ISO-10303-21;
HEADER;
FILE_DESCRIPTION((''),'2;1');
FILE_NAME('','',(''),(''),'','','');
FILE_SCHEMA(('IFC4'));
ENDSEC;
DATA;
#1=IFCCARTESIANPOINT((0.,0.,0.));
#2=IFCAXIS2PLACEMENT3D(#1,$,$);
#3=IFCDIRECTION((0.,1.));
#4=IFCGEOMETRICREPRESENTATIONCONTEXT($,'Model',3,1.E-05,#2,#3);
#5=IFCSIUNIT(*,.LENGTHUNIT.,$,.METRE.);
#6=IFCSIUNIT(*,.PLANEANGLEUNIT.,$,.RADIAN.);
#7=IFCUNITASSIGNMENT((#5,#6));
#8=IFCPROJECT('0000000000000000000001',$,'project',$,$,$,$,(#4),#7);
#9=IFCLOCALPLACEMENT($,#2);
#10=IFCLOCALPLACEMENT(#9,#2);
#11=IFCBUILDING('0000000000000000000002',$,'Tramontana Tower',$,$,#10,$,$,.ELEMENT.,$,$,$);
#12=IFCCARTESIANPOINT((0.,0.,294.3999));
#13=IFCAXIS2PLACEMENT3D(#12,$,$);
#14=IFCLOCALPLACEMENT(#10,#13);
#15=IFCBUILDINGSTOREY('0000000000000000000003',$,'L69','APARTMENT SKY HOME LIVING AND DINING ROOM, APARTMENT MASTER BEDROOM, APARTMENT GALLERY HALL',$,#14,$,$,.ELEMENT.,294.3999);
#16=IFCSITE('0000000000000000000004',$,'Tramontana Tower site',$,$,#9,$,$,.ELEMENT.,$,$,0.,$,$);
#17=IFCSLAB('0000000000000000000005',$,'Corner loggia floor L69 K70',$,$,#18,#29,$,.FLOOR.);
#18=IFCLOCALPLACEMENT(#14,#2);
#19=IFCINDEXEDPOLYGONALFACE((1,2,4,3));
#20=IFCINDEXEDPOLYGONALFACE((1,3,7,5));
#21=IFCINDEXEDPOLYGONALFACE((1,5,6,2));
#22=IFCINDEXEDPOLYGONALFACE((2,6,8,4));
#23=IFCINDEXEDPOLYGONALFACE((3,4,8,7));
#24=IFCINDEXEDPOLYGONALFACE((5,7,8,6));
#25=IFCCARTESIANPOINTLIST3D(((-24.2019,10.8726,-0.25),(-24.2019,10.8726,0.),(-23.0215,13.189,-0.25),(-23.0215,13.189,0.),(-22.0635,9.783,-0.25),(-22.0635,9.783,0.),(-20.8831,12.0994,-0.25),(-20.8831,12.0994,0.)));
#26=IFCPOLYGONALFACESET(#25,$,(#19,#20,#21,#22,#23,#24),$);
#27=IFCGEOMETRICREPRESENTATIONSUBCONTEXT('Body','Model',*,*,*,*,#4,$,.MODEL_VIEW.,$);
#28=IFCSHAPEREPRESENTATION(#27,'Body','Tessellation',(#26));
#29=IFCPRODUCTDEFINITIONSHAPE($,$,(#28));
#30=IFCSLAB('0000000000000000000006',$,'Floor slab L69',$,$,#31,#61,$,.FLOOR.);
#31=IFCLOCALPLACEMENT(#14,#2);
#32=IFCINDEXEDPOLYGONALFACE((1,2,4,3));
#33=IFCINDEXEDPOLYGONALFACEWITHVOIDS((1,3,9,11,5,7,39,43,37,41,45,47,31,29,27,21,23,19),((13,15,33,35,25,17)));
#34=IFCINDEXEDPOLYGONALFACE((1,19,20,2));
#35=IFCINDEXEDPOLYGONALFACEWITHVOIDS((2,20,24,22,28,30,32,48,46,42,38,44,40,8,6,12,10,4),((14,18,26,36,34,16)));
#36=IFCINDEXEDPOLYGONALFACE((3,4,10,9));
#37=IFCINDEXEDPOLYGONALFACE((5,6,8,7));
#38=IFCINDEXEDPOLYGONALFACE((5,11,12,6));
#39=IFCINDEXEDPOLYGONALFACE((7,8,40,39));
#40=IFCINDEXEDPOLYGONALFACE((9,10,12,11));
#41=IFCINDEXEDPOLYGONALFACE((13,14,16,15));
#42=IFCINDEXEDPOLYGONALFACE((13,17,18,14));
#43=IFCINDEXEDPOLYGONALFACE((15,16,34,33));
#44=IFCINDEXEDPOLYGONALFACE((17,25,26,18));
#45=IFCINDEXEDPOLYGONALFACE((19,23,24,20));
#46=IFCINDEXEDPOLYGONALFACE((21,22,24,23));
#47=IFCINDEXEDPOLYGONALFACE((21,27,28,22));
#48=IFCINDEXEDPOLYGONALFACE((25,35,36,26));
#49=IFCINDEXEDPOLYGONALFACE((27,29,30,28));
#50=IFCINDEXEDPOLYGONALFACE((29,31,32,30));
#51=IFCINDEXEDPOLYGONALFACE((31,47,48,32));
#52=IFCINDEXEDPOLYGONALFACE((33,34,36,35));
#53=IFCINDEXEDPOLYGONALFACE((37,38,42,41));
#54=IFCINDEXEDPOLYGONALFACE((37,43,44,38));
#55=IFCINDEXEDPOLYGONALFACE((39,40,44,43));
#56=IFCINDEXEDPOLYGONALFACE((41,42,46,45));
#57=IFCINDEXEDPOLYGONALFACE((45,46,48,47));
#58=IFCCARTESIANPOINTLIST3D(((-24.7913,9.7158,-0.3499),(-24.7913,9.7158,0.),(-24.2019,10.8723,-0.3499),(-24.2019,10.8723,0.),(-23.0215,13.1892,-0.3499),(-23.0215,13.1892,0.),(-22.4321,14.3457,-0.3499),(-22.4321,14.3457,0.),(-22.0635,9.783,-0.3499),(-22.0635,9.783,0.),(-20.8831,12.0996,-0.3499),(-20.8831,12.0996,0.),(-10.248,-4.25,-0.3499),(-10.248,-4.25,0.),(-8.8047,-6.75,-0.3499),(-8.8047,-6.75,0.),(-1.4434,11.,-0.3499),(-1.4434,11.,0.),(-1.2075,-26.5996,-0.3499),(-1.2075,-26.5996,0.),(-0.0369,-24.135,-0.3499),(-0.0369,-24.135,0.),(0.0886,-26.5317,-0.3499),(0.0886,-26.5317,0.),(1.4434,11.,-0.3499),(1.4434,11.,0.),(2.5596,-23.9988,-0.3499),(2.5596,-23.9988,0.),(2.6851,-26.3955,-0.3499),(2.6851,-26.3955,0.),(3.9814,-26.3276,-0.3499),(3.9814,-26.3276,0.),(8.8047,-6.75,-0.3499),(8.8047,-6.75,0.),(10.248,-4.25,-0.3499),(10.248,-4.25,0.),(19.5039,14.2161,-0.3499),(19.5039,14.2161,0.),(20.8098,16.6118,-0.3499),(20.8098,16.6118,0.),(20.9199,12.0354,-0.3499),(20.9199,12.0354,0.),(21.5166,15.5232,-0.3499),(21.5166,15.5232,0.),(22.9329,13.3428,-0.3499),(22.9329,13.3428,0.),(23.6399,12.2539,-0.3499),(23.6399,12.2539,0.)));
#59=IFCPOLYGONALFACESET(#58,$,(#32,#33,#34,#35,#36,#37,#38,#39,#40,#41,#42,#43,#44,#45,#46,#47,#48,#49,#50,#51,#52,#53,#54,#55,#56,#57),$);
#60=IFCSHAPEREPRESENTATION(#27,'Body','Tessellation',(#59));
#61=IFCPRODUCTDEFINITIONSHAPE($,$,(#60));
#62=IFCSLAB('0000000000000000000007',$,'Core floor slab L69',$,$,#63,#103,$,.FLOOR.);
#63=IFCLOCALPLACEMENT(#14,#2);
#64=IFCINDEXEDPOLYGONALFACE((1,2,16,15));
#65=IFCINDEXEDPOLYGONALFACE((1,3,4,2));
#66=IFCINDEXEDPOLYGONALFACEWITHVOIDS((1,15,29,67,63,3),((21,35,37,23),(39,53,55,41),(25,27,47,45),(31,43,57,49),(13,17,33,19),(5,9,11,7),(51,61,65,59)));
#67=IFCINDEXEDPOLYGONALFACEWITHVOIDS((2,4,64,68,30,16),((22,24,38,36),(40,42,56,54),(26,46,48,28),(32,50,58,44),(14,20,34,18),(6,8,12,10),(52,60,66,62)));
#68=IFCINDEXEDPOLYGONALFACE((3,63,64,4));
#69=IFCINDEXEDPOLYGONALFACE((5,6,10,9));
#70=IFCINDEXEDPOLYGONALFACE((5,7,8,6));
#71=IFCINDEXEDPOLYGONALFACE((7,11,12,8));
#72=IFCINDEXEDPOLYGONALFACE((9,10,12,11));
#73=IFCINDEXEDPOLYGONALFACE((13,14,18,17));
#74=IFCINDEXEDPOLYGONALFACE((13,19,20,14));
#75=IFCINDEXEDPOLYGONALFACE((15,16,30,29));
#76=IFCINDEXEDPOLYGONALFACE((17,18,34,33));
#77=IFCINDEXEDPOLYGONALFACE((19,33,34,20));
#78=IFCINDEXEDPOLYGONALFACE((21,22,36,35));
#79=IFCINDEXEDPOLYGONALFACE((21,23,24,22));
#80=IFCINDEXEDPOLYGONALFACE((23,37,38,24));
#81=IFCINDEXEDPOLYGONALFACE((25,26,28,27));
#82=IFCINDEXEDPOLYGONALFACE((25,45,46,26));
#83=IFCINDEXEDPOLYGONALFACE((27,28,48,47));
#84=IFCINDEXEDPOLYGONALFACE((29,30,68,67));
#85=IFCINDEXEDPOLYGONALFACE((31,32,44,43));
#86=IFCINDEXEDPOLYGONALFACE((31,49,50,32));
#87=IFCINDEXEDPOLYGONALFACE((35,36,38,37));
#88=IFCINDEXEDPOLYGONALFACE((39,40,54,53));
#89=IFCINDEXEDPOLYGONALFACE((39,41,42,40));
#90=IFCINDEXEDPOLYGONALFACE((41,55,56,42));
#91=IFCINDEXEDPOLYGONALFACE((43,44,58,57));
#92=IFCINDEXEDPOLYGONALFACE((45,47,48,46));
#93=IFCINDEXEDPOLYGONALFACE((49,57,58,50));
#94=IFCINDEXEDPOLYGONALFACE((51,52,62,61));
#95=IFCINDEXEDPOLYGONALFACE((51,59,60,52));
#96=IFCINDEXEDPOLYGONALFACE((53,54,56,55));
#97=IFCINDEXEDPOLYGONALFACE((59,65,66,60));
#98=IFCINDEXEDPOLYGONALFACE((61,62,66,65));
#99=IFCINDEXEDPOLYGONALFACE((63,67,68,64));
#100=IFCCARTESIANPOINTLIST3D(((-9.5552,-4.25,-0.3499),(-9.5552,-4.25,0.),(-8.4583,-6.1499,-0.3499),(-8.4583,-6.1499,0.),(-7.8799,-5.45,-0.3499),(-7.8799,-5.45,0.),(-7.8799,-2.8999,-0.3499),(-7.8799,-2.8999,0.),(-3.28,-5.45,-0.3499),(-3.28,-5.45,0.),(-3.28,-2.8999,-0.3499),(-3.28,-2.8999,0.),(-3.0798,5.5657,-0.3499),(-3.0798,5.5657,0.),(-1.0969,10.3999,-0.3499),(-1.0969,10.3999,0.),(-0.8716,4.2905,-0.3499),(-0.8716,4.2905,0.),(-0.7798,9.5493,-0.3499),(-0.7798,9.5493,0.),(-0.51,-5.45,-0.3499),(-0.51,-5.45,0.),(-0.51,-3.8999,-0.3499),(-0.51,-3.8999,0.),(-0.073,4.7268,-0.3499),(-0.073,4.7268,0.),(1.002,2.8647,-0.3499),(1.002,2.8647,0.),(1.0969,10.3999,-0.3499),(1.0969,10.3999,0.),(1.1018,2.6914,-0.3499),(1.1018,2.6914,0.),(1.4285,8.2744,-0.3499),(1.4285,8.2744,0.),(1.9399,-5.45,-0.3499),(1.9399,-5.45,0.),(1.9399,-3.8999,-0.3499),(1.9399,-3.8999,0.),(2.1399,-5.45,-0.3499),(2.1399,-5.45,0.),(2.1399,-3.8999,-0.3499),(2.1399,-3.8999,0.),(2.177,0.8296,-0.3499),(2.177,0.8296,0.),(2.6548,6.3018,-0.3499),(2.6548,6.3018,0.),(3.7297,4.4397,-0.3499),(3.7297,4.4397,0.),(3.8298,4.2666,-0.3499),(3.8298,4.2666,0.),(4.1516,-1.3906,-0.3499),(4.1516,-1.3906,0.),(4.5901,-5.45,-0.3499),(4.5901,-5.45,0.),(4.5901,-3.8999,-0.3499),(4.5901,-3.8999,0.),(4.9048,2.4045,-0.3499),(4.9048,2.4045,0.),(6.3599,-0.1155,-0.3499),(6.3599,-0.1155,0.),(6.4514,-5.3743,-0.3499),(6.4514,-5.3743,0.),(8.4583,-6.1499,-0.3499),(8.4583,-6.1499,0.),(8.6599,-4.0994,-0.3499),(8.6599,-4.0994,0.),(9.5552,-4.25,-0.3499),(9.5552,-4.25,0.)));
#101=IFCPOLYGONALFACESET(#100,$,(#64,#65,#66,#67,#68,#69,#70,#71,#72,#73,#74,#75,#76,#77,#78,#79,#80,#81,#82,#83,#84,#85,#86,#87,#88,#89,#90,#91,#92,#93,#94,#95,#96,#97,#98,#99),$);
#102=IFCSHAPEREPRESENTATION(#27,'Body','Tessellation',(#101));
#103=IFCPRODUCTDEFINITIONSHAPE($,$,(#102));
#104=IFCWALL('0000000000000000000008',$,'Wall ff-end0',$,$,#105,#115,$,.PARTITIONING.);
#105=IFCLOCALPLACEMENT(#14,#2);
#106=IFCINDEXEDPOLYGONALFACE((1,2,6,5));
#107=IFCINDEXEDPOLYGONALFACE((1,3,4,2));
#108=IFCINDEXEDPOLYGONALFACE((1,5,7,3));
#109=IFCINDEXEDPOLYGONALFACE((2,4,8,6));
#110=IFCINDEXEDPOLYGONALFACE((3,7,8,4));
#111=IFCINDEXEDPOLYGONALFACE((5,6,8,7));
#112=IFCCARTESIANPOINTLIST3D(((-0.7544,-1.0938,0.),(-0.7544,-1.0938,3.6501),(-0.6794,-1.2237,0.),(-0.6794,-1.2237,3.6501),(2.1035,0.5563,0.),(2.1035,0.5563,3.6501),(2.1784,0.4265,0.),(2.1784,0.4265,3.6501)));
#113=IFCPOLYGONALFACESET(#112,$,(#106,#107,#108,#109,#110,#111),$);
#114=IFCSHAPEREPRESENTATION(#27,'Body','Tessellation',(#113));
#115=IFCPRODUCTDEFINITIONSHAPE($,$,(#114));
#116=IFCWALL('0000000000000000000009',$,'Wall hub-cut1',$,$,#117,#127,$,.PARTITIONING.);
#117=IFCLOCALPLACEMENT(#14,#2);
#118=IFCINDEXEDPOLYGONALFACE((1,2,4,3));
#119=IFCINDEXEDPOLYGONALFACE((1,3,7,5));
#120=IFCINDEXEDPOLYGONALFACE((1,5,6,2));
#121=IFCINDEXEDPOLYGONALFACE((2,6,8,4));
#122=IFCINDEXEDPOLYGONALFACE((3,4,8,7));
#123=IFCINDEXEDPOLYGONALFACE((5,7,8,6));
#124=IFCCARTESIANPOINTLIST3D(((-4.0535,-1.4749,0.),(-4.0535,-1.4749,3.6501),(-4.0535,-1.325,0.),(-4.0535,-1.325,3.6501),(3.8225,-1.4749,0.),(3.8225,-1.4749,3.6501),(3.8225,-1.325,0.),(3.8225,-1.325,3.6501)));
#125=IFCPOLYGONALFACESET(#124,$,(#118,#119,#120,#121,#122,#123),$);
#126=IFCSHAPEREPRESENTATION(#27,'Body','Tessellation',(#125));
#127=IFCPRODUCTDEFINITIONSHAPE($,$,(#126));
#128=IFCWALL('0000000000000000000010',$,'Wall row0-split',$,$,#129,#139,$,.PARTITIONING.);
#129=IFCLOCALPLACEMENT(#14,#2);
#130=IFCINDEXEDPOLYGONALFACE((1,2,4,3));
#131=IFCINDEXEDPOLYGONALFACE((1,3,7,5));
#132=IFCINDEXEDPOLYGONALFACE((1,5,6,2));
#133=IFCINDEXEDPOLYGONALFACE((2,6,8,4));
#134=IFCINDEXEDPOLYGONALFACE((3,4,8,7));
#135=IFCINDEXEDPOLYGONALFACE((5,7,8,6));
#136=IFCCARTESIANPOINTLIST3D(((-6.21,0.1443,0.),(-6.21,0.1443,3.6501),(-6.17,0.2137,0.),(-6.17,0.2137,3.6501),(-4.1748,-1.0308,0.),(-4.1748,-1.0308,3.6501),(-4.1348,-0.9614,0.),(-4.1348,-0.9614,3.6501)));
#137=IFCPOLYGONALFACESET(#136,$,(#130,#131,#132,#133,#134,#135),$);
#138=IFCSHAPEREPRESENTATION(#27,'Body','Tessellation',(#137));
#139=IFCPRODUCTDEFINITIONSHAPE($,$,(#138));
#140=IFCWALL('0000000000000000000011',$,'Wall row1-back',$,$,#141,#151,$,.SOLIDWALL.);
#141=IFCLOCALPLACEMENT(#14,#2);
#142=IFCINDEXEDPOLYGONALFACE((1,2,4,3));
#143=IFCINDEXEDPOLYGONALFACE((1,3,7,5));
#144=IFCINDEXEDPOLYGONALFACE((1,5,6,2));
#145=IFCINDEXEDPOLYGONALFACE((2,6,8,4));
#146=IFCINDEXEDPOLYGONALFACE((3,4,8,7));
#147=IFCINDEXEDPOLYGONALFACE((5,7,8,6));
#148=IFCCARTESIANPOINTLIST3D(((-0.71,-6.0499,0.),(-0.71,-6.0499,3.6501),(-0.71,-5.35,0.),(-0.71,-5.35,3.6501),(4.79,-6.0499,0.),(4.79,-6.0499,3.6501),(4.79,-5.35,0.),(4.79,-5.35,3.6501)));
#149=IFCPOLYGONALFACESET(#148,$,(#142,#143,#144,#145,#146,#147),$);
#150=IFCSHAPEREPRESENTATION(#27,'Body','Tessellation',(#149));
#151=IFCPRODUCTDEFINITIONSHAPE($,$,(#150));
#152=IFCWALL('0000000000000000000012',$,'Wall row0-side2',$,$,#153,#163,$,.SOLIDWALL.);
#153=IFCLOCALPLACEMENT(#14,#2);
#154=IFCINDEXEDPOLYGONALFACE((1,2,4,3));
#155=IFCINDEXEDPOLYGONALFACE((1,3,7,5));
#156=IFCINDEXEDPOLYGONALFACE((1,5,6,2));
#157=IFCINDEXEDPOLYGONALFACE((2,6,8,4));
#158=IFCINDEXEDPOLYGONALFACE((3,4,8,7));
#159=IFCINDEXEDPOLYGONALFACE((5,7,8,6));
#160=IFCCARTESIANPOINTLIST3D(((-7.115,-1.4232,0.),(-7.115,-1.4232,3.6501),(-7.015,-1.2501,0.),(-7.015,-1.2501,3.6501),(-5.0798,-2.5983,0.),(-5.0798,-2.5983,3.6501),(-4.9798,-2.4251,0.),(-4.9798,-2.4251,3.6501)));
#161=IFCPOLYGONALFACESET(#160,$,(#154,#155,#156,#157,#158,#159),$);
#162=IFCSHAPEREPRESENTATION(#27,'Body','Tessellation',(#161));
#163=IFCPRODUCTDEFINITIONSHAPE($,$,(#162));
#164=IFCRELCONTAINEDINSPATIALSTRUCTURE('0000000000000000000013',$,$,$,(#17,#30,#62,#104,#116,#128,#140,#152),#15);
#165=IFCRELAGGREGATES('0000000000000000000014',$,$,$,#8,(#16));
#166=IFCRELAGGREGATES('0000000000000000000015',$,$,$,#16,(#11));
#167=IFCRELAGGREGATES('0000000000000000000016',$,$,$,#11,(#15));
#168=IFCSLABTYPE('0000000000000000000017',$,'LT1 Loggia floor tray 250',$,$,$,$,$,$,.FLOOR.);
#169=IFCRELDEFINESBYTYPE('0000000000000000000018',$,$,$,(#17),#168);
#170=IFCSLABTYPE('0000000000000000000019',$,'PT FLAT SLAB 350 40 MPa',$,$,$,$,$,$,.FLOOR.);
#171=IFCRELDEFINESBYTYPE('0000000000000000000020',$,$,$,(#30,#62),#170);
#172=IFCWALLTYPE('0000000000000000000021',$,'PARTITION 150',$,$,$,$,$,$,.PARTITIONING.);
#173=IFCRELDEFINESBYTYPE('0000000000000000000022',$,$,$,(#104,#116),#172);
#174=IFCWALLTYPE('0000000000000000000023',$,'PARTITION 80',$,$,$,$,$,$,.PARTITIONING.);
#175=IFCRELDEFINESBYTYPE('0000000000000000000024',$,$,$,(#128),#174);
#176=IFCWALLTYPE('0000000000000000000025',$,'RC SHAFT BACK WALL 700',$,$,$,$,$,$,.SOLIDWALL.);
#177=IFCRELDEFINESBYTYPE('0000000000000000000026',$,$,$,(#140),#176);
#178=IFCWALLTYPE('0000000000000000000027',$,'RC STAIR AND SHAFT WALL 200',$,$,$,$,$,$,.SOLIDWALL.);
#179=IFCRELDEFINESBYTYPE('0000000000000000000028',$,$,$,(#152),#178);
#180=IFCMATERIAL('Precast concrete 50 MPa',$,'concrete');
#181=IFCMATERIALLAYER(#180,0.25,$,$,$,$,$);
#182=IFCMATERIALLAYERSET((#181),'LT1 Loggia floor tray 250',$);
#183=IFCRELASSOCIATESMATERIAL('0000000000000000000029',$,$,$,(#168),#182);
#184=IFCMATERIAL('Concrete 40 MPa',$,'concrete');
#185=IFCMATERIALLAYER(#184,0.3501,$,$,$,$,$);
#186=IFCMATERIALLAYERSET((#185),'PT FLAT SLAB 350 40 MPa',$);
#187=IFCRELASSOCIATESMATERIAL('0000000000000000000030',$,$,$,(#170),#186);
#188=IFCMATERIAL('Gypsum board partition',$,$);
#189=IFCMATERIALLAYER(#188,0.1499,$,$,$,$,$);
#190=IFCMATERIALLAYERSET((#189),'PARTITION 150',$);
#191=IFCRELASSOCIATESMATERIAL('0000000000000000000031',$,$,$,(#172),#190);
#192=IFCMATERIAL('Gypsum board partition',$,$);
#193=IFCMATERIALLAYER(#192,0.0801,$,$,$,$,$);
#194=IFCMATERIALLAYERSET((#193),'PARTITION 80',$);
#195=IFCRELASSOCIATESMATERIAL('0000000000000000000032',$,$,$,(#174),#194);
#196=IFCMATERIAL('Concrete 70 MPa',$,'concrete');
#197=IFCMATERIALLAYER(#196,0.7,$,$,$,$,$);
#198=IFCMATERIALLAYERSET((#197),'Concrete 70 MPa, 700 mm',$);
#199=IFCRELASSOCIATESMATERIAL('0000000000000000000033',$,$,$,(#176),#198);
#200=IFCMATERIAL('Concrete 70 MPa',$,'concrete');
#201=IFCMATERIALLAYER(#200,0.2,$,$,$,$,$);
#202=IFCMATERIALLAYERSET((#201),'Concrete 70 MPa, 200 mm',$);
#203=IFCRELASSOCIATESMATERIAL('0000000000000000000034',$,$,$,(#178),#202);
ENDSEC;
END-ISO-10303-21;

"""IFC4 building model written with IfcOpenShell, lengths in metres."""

from ifc_helpers import new_model, si_unit, direction, frame, frame_2d, origin, place, context, subcontext, project, spatial, polyline, rectangle, outline, extrude, material, layer, layer_set, type_object, element, save


model = new_model("IFC4")

# Units and contexts
model_context = context("Model", 3, precision=1e-05, world=origin(), true_north=direction((0.0, 1.0)))
body_context = subcontext(model_context, "Body", "Model", "MODEL_VIEW")
ifc_project = project(units=[si_unit("LENGTHUNIT", "METRE"), si_unit("PLANEANGLEUNIT", "RADIAN")], contexts=[model_context])

# Site, building, storey
site_placement = place(None, origin())
site = spatial("IfcSite", under=ifc_project, at=site_placement, Name="Tramontana Tower site", CompositionType="ELEMENT", RefElevation=0.0)
building_placement = place(site_placement, origin())
building = spatial("IfcBuilding", under=site, at=building_placement, Name="Tramontana Tower", CompositionType="ELEMENT")
storey_placement = place(building_placement, frame((0.0, 0.0, 294.3999)))
storey = spatial("IfcBuildingStorey", under=building, at=storey_placement, Name="L69", Description="APARTMENT SKY HOME LIVING AND DINING ROOM, APARTMENT MASTER BEDROOM, APARTMENT GALLERY HALL", CompositionType="ELEMENT", Elevation=294.3999)

# Slabs
ifc_material_1 = material(Name="Precast concrete 50 MPa", Category="concrete")
ifc_layer_1 = layer(ifc_material_1, 0.25)
ifc_layer_set_1 = layer_set([ifc_layer_1], Name="LT1 Loggia floor tray 250")
slab_type_1 = type_object("IfcSlabType", Name="LT1 Loggia floor tray 250", PredefinedType="FLOOR", material=ifc_layer_set_1)
slab_1_placement = place(storey_placement, frame((0.0, 0.0, -0.25)))
element("IfcSlab", 1, at=slab_1_placement, inside=storey, type_object=slab_type_1, Name="Corner loggia floor L69 K70", PredefinedType="FLOOR", context=body_context, shape_type="SweptSolid", body=[
    extrude(outline(polyline([(-23.0215, 13.189), (-20.8831, 12.0994), (-22.0635, 9.783), (-24.2019, 10.8726), (-23.0215, 13.189)])), origin(), (0.0, 0.0, 1.0), 0.25),
])
ifc_material_2 = material(Name="Concrete 40 MPa", Category="concrete")
ifc_layer_2 = layer(ifc_material_2, 0.3501)
ifc_layer_set_2 = layer_set([ifc_layer_2], Name="PT FLAT SLAB 350 40 MPa")
slab_type_2 = type_object("IfcSlabType", Name="PT FLAT SLAB 350 40 MPa", PredefinedType="FLOOR", material=ifc_layer_set_2)
slab_2_placement = place(storey_placement, frame((0.0, 0.0, -0.3499)))
element("IfcSlab", 2, at=slab_2_placement, inside=storey, type_object=slab_type_2, Name="Floor slab L69", PredefinedType="FLOOR", context=body_context, shape_type="SweptSolid", body=[
    extrude(outline(polyline([(21.5166, 15.5232), (19.5039, 14.2161), (20.9199, 12.0354), (22.9329, 13.3428), (23.6399, 12.2539), (3.9814, -26.3276), (2.6851, -26.3955), (2.5596, -23.9988), (-0.0369, -24.135), (0.0886, -26.5317), (-1.2075, -26.5996), (-24.7913, 9.7158), (-24.2019, 10.8723), (-22.0635, 9.783), (-20.8831, 12.0996), (-23.0215, 13.1892), (-22.4321, 14.3457), (20.8098, 16.6118), (21.5166, 15.5232)]), holes=[polyline([(-10.248, -4.25), (-8.8047, -6.75), (8.8047, -6.75), (10.248, -4.25), (1.4434, 11.0), (-1.4434, 11.0), (-10.248, -4.25)])]), origin(), (0.0, 0.0, 1.0), 0.3499),
])
slab_3_placement = place(storey_placement, frame((0.0, 0.0, -0.3499)))
element("IfcSlab", 3, at=slab_3_placement, inside=storey, type_object=slab_type_2, Name="Core floor slab L69", PredefinedType="FLOOR", context=body_context, shape_type="SweptSolid", body=[
    extrude(outline(polyline([(9.5552, -4.25), (8.4583, -6.1499), (-8.4583, -6.1499), (-9.5552, -4.25), (-1.0969, 10.3999), (1.0969, 10.3999), (9.5552, -4.25)]), holes=[polyline([(8.6599, -4.0994), (6.3599, -0.1155), (4.1516, -1.3906), (6.4514, -5.3743), (8.6599, -4.0994)]), polyline([(3.8298, 4.2666), (1.1018, 2.6914), (2.177, 0.8296), (4.9048, 2.4045), (3.8298, 4.2666)]), polyline([(4.5901, -3.8999), (2.1399, -3.8999), (2.1399, -5.45), (4.5901, -5.45), (4.5901, -3.8999)]), polyline([(2.6548, 6.3018), (-0.073, 4.7268), (1.002, 2.8647), (3.7297, 4.4397), (2.6548, 6.3018)]), polyline([(1.9399, -5.45), (1.9399, -3.8999), (-0.51, -3.8999), (-0.51, -5.45), (1.9399, -5.45)]), polyline([(-0.7798, 9.5493), (-3.0798, 5.5657), (-0.8716, 4.2905), (1.4285, 8.2744), (-0.7798, 9.5493)]), polyline([(-7.8799, -5.45), (-3.28, -5.45), (-3.28, -2.8999), (-7.8799, -2.8999), (-7.8799, -5.45)])]), origin(), (0.0, 0.0, 1.0), 0.3499),
])

# Shared definitions
ifc_material_3 = material(Name="Gypsum board partition")
ifc_layer_3 = layer(ifc_material_3, 0.1499)
ifc_layer_set_3 = layer_set([ifc_layer_3], Name="PARTITION 150")
wall_type_1 = type_object("IfcWallType", Name="PARTITION 150", PredefinedType="PARTITIONING", material=ifc_layer_set_3)

# Walls
wall_1_placement = place(storey_placement, frame((-0.7168, -1.1587, 0.0), z_axis=(0.0, 0.0, 1.0), x_axis=(0.866008, 0.50003, 0.0)))
element("IfcWall", 4, at=wall_1_placement, inside=storey, type_object=wall_type_1, Name="Wall ff-end0", PredefinedType="PARTITIONING", context=body_context, shape_type="SweptSolid", body=[
    extrude(rectangle(XDim=3.3, YDim=0.1499, at=frame_2d((1.6499, 0.0))), origin(), (0.0, 0.0, 1.0), 3.6501),
])
wall_2_placement = place(storey_placement, frame((-4.0535, -1.3999, 0.0), z_axis=(0.0, 0.0, 1.0), x_axis=(1.0, 0.0, 0.0)))
element("IfcWall", 5, at=wall_2_placement, inside=storey, type_object=wall_type_1, Name="Wall hub-cut1", PredefinedType="PARTITIONING", context=body_context, shape_type="SweptSolid", body=[
    extrude(rectangle(XDim=7.876, YDim=0.1499, at=frame_2d((3.938, 0.0))), origin(), (0.0, 0.0, 1.0), 3.6501),
])
ifc_material_4 = material(Name="Gypsum board partition")
ifc_layer_4 = layer(ifc_material_4, 0.0801)
ifc_layer_set_4 = layer_set([ifc_layer_4], Name="PARTITION 80")
wall_type_2 = type_object("IfcWallType", Name="PARTITION 80", PredefinedType="PARTITIONING", material=ifc_layer_set_4)
wall_3_placement = place(storey_placement, frame((-4.1548, -0.9961, 0.0), z_axis=(0.0, 0.0, 1.0), x_axis=(-0.866016, 0.500016, 0.0)))
element("IfcWall", 6, at=wall_3_placement, inside=storey, type_object=wall_type_2, Name="Wall row0-split", PredefinedType="PARTITIONING", context=body_context, shape_type="SweptSolid", body=[
    extrude(rectangle(XDim=2.3501, YDim=0.0801, at=frame_2d((1.175, 0.0))), origin(), (0.0, 0.0, 1.0), 3.6501),
])
ifc_material_5 = material(Name="Concrete 70 MPa", Category="concrete")
ifc_layer_5 = layer(ifc_material_5, 0.7)
ifc_layer_set_5 = layer_set([ifc_layer_5], Name="Concrete 70 MPa, 700 mm")
wall_type_3 = type_object("IfcWallType", Name="RC SHAFT BACK WALL 700", PredefinedType="SOLIDWALL", material=ifc_layer_set_5)
wall_4_placement = place(storey_placement, frame((-0.71, -5.7, 0.0), z_axis=(0.0, 0.0, 1.0), x_axis=(1.0, 0.0, 0.0)))
element("IfcWall", 7, at=wall_4_placement, inside=storey, type_object=wall_type_3, Name="Wall row1-back", PredefinedType="SOLIDWALL", context=body_context, shape_type="SweptSolid", body=[
    extrude(rectangle(XDim=5.5, YDim=0.7, at=frame_2d((2.75, 0.0))), origin(), (0.0, 0.0, 1.0), 3.6501),
])

# Shared definitions
ifc_material_6 = material(Name="Concrete 70 MPa", Category="concrete")
ifc_layer_6 = layer(ifc_material_6, 0.2)
ifc_layer_set_6 = layer_set([ifc_layer_6], Name="Concrete 70 MPa, 200 mm")
wall_type_4 = type_object("IfcWallType", Name="RC STAIR AND SHAFT WALL 200", PredefinedType="SOLIDWALL", material=ifc_layer_set_6)

# Wall
wall_5_placement = place(storey_placement, frame((-5.0298, -2.5117, 0.0), z_axis=(0.0, 0.0, 1.0), x_axis=(-0.866016, 0.500016, 0.0)))
element("IfcWall", 8, at=wall_5_placement, inside=storey, type_object=wall_type_4, Name="Wall row0-side2", PredefinedType="SOLIDWALL", context=body_context, shape_type="SweptSolid", body=[
    extrude(rectangle(XDim=2.3501, YDim=0.2, at=frame_2d((1.175, 0.0))), origin(), (0.0, 0.0, 1.0), 3.6501),
])

save(model, "model.ifc")
